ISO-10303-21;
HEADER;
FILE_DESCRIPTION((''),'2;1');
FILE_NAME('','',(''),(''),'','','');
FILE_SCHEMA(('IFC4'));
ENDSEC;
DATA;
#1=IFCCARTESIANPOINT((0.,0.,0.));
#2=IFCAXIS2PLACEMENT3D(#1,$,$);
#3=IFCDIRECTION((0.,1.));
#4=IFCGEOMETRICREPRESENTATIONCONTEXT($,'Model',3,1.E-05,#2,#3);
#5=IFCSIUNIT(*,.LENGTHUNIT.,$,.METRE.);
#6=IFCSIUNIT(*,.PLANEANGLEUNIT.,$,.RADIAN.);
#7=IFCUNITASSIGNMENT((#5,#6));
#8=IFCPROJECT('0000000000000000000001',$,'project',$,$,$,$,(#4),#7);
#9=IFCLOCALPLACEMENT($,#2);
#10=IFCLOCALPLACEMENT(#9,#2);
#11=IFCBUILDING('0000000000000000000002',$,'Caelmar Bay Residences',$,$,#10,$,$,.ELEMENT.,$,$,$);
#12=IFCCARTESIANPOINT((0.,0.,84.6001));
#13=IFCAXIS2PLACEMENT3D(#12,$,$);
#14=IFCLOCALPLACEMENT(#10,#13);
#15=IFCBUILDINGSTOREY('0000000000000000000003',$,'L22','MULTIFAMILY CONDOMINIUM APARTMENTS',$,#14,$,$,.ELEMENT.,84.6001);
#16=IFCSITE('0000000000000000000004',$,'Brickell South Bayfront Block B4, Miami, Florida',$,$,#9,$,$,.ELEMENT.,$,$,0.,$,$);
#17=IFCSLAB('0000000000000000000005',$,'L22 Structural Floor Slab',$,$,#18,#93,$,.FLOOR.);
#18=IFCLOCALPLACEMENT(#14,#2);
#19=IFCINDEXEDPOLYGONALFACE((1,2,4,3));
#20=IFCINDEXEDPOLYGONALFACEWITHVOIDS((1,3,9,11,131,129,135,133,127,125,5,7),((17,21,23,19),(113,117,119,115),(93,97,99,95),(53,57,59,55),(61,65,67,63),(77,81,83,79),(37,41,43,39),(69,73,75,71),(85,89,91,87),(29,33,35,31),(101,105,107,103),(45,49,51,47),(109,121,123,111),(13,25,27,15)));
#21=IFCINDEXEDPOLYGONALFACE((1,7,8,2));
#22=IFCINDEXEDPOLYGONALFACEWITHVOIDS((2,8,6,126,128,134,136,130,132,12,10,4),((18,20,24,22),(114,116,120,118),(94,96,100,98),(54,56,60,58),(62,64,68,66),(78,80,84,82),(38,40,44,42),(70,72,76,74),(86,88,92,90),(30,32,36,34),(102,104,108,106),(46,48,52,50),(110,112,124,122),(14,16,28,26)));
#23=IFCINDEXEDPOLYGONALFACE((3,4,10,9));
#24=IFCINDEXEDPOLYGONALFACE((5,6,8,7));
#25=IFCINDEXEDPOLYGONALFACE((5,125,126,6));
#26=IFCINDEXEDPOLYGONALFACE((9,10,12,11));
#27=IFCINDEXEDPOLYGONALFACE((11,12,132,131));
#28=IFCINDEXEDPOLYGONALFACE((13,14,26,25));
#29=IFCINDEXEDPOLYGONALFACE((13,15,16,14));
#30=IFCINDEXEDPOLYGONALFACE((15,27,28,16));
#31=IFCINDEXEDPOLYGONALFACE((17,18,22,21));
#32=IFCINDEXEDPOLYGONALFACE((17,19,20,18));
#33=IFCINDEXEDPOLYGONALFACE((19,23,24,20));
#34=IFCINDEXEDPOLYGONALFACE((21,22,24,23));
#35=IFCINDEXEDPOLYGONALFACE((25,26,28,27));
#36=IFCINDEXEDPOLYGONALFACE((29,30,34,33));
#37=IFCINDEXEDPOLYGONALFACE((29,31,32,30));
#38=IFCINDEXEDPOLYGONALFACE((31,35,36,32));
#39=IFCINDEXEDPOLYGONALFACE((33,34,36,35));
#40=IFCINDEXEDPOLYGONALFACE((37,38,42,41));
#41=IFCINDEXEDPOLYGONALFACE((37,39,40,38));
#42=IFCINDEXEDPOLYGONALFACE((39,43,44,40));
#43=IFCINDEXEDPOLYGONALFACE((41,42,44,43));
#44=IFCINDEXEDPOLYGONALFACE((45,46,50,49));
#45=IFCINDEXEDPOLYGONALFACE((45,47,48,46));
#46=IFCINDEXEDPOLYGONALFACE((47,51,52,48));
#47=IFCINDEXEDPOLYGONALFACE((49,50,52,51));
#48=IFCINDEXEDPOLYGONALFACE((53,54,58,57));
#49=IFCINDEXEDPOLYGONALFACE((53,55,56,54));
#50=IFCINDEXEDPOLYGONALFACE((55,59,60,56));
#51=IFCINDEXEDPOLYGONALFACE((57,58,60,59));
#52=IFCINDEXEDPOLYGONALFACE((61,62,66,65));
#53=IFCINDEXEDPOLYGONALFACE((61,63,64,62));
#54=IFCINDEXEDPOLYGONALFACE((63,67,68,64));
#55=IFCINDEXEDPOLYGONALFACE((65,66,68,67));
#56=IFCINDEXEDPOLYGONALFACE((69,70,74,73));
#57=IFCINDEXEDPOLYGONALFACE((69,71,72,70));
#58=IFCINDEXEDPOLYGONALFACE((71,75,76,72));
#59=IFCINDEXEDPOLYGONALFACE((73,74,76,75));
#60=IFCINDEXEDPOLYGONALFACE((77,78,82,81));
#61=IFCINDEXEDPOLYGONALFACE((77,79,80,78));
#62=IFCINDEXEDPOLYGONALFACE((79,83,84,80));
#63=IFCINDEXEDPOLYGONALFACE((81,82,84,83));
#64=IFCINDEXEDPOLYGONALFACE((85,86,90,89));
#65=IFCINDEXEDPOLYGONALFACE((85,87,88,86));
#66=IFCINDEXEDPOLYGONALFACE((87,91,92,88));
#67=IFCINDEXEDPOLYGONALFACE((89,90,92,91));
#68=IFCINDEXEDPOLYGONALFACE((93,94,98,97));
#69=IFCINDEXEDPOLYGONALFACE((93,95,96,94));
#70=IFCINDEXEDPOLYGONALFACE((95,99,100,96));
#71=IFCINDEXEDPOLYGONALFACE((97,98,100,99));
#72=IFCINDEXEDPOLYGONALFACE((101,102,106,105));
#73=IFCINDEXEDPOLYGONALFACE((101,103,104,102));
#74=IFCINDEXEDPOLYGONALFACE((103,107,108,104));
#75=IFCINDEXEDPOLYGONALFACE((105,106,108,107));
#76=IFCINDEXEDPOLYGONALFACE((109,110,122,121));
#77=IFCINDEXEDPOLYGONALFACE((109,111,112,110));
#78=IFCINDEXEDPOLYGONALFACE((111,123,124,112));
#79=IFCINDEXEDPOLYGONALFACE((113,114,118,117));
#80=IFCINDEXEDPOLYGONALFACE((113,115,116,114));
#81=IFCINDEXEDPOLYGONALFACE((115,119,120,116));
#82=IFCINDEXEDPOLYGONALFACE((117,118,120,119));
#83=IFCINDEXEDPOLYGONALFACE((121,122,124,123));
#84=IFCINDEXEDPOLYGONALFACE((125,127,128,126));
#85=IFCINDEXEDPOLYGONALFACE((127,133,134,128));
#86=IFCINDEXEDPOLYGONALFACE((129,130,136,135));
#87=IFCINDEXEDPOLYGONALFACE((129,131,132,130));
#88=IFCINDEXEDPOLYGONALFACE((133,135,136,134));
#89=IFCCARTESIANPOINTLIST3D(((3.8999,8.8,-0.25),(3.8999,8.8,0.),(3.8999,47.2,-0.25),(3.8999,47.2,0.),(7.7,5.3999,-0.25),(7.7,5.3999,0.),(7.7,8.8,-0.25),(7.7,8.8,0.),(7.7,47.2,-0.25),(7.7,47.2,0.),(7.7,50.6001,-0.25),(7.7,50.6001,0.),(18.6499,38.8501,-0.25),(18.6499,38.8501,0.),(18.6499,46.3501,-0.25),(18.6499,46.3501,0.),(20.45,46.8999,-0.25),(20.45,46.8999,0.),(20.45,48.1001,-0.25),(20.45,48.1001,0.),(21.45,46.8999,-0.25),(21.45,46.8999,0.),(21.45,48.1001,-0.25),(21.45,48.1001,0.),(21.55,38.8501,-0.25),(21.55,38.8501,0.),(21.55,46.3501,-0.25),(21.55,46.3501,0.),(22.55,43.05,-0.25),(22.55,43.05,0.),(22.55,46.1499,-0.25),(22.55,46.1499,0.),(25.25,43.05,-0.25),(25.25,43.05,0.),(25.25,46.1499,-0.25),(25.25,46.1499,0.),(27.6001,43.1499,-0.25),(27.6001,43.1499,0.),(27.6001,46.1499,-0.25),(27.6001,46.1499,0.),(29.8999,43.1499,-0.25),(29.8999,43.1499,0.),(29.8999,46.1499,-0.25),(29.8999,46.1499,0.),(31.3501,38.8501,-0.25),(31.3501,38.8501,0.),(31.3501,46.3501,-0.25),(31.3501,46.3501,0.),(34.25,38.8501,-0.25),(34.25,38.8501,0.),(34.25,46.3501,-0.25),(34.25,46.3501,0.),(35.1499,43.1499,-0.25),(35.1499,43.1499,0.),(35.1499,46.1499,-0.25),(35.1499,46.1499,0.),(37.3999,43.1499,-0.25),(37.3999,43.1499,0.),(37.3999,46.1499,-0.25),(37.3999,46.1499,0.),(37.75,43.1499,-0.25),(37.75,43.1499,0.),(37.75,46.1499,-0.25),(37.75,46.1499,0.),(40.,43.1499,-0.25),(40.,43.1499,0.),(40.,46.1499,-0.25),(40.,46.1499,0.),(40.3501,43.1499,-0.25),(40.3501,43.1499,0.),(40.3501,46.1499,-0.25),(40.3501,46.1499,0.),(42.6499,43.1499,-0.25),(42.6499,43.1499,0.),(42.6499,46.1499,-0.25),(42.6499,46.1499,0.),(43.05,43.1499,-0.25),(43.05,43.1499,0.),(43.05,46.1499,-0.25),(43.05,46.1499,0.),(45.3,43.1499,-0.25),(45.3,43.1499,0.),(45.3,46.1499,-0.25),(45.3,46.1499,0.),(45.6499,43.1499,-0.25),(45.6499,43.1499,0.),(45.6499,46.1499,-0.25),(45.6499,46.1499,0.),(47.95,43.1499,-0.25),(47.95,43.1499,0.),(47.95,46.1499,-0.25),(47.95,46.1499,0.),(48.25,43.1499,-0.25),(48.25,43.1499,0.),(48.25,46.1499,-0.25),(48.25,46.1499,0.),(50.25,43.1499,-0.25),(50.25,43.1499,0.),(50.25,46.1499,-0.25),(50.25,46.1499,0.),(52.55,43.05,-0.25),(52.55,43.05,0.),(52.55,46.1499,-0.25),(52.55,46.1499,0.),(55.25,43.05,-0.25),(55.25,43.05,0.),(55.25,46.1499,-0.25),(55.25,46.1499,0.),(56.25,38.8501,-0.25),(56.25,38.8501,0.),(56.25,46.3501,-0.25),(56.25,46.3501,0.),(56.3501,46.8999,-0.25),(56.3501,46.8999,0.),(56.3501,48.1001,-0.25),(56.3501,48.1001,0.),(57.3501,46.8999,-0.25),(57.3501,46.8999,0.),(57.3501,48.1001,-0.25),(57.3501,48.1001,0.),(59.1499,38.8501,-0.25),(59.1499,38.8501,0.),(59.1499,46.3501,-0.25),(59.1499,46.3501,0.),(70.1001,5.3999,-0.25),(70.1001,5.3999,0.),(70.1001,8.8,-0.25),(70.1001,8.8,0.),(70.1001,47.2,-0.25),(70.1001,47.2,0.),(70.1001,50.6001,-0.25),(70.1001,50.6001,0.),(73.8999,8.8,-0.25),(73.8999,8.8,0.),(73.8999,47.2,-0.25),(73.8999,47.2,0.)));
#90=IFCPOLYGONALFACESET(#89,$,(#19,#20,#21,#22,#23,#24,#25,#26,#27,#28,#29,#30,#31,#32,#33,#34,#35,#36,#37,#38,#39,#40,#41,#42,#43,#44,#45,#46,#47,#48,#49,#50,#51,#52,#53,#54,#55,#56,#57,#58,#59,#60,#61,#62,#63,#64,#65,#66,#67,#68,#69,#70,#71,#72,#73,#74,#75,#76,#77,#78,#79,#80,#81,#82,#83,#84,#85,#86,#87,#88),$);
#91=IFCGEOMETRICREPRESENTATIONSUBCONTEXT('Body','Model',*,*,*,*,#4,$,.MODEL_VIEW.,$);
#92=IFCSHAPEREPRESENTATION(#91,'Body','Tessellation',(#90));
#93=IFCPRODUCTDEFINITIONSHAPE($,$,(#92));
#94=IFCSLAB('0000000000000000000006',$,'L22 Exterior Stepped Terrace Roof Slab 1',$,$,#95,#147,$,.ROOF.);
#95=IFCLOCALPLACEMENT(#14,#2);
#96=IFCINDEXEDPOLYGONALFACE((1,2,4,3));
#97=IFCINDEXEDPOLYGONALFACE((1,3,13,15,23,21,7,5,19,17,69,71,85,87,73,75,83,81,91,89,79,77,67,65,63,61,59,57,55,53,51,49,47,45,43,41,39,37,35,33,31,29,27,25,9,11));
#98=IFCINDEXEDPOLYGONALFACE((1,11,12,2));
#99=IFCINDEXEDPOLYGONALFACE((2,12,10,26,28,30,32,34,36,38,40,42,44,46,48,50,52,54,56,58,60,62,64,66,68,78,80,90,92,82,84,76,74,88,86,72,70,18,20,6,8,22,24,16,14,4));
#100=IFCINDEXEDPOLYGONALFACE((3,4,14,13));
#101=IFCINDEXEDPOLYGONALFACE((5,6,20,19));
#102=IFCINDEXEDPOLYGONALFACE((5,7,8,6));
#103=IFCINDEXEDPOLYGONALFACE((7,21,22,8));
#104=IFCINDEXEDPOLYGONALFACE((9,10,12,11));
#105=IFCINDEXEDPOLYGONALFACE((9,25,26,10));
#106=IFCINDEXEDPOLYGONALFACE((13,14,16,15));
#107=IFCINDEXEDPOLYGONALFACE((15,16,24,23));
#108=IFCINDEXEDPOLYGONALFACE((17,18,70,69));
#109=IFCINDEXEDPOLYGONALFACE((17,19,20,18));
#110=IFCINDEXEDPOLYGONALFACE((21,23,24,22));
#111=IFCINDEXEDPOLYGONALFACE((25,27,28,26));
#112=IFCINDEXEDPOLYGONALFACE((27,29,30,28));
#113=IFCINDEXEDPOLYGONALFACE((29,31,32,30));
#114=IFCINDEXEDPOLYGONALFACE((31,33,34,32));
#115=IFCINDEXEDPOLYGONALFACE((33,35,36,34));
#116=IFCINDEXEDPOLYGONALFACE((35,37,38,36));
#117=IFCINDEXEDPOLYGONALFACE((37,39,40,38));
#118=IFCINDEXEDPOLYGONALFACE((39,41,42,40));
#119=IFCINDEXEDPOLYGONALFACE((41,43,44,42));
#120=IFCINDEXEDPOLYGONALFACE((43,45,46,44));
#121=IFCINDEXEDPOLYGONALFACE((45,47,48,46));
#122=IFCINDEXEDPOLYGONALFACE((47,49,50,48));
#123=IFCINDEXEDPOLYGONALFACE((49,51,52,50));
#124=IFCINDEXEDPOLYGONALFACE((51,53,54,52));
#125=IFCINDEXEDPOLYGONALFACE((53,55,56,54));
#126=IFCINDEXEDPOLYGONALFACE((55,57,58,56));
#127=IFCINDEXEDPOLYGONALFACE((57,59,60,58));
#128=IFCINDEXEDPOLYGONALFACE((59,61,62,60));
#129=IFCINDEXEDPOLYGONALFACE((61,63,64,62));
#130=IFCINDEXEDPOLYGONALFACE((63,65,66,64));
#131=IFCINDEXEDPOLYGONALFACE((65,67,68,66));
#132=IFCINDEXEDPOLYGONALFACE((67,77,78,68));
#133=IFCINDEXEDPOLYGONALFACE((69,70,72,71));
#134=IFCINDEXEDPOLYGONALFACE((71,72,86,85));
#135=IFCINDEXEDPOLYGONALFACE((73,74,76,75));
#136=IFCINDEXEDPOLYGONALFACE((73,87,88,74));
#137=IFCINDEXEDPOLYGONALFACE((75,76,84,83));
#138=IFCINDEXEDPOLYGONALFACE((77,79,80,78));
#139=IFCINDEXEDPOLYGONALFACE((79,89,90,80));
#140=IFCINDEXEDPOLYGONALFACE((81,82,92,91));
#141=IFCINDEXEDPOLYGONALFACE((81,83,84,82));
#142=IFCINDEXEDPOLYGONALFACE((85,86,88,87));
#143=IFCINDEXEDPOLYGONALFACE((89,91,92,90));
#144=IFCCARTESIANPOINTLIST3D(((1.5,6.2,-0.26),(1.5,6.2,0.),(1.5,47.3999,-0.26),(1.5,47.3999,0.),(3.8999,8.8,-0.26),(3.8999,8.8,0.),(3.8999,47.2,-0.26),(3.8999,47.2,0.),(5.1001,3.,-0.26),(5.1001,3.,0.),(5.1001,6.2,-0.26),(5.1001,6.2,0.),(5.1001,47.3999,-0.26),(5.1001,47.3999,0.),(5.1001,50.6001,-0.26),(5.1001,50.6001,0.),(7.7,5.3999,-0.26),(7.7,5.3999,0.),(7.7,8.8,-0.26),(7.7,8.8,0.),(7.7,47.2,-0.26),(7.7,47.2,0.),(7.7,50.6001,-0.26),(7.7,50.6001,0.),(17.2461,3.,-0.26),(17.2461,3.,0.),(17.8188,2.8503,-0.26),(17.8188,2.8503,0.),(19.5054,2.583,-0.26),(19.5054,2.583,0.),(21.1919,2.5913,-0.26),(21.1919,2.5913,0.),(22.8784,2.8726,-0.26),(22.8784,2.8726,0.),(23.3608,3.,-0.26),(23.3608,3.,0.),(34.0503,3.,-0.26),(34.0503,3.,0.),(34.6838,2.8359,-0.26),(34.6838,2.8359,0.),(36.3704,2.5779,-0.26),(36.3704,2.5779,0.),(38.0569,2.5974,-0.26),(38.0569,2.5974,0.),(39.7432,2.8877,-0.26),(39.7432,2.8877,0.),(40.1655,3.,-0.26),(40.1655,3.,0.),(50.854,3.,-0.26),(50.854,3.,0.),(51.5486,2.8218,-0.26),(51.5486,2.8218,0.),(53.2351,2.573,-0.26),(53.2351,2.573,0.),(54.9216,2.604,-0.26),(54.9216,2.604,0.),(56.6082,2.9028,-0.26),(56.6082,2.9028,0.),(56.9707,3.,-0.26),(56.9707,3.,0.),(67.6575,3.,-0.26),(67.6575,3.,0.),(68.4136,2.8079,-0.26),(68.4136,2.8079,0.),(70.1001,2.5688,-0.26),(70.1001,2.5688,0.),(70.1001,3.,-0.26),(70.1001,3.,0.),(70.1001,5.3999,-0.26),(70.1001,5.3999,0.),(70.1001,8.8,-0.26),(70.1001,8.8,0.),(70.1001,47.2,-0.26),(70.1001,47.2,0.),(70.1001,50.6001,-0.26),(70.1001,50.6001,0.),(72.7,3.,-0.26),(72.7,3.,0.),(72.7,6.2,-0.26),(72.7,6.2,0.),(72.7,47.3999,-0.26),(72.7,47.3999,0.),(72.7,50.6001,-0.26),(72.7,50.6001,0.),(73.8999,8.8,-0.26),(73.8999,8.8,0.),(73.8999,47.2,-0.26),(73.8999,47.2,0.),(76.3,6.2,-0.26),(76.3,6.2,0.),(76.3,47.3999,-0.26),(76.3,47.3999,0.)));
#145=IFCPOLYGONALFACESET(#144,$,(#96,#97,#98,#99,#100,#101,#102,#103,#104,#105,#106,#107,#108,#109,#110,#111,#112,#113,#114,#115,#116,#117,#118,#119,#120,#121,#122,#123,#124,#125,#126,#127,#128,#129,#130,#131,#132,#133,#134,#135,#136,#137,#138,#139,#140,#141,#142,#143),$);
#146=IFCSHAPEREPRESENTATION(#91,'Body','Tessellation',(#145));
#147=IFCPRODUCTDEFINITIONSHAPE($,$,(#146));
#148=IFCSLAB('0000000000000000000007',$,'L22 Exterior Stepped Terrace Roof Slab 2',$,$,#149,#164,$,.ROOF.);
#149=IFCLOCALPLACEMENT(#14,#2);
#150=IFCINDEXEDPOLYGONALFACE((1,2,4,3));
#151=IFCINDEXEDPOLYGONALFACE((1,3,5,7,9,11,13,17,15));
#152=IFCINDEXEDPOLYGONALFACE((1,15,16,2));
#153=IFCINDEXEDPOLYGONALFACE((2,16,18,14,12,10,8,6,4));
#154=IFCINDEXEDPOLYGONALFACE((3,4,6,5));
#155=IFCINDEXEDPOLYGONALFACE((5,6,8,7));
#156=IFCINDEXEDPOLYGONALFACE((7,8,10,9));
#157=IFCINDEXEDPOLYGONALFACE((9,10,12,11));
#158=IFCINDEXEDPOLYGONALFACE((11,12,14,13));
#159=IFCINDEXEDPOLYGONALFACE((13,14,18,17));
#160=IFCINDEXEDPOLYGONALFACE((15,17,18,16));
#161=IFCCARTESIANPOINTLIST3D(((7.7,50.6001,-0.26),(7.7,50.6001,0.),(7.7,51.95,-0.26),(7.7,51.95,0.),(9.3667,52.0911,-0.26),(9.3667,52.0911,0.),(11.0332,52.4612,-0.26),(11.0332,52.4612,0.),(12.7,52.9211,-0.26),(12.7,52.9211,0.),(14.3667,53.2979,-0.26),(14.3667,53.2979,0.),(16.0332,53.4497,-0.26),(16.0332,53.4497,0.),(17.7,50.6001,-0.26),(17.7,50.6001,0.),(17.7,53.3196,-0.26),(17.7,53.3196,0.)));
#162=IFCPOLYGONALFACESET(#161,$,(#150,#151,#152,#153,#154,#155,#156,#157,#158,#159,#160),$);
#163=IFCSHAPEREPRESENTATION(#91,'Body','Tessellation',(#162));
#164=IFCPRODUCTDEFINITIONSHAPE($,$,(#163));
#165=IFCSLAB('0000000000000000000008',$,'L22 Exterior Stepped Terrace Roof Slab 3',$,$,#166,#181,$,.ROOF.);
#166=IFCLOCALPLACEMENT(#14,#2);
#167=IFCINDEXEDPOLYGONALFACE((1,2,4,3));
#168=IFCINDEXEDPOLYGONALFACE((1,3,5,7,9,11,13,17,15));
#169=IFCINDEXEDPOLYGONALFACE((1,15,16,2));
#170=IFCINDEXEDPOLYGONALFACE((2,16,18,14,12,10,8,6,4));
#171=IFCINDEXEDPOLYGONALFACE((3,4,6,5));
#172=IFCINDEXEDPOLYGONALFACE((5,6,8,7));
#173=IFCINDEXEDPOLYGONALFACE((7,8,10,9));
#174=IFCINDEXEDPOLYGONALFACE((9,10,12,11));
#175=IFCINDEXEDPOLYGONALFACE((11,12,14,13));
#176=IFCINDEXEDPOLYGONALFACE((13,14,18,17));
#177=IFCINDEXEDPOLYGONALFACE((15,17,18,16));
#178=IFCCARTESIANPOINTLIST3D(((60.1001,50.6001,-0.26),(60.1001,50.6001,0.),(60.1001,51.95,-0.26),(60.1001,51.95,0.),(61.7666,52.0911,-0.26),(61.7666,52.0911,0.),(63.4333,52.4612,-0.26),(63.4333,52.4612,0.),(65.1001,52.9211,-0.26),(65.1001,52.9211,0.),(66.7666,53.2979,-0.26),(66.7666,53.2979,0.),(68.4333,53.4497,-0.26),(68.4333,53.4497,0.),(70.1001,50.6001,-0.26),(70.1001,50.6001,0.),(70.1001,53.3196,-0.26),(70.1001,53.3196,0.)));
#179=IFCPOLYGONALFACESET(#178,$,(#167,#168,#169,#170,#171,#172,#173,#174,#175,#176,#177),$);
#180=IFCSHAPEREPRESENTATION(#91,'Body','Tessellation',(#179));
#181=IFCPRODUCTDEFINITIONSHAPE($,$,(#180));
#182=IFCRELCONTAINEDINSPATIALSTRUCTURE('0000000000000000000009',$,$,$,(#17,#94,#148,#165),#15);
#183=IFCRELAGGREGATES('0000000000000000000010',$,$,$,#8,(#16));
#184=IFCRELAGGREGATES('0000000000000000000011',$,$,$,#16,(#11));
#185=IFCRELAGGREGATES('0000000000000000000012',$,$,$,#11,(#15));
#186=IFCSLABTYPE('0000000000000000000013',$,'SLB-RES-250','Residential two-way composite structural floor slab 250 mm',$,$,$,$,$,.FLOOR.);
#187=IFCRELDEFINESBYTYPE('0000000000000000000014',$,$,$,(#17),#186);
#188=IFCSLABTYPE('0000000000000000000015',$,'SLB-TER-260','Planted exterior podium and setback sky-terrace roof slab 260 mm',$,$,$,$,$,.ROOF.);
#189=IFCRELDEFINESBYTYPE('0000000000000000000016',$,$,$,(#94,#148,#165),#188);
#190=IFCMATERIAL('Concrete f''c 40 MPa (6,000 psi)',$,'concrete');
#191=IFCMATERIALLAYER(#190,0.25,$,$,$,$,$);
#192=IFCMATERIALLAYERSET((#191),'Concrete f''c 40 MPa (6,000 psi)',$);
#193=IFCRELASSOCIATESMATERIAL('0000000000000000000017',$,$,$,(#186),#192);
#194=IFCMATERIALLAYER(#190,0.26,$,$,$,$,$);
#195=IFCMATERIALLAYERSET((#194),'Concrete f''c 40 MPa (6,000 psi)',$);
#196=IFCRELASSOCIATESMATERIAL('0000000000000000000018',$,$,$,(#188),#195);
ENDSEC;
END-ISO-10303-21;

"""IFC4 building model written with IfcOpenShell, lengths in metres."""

from ifc_helpers import new_model, si_unit, direction, frame, origin, place, context, subcontext, project, spatial, polyline, outline, extrude, material, layer, layer_set, type_object, element, save


model = new_model("IFC4")

# Units and contexts
model_context = context("Model", 3, precision=1e-05, world=origin(), true_north=direction((0.0, 1.0)))
body_context = subcontext(model_context, "Body", "Model", "MODEL_VIEW")
ifc_project = project(units=[si_unit("LENGTHUNIT", "METRE"), si_unit("PLANEANGLEUNIT", "RADIAN")], contexts=[model_context])

# Site, building, storey
site_placement = place(None, origin())
site = spatial("IfcSite", under=ifc_project, at=site_placement, Name="Brickell South Bayfront Block B4, Miami, Florida", CompositionType="ELEMENT", RefElevation=0.0)
building_placement = place(site_placement, origin())
building = spatial("IfcBuilding", under=site, at=building_placement, Name="Caelmar Bay Residences", CompositionType="ELEMENT")
storey_placement = place(building_placement, frame((0.0, 0.0, 84.6001)))
storey = spatial("IfcBuildingStorey", under=building, at=storey_placement, Name="L22", Description="MULTIFAMILY CONDOMINIUM APARTMENTS", CompositionType="ELEMENT", Elevation=84.6001)

# Shared definitions
ifc_material_1 = material(Name="Concrete f'c 40 MPa (6,000 psi)", Category="concrete")

# Slabs
ifc_layer_1 = layer(ifc_material_1, 0.25)
ifc_layer_set_1 = layer_set([ifc_layer_1], Name="Concrete f'c 40 MPa (6,000 psi)")
slab_type_1 = type_object("IfcSlabType", Name="SLB-RES-250", Description="Residential two-way composite structural floor slab 250 mm", PredefinedType="FLOOR", material=ifc_layer_set_1)
slab_1_placement = place(storey_placement, frame((0.0, 0.0, -0.25)))
element("IfcSlab", 1, at=slab_1_placement, inside=storey, type_object=slab_type_1, Name="L22 Structural Floor Slab", PredefinedType="FLOOR", context=body_context, shape_type="SweptSolid", body=[
    extrude(outline(polyline([(7.7, 5.3999), (70.1001, 5.3999), (70.1001, 8.8), (73.8999, 8.8), (73.8999, 47.2), (70.1001, 47.2), (70.1001, 50.6001), (7.7, 50.6001), (7.7, 47.2), (3.8999, 47.2), (3.8999, 8.8), (7.7, 8.8), (7.7, 5.3999)]), holes=[polyline([(18.6499, 38.8501), (21.55, 38.8501), (21.55, 46.3501), (18.6499, 46.3501), (18.6499, 38.8501)]), polyline([(56.25, 38.8501), (59.1499, 38.8501), (59.1499, 46.3501), (56.25, 46.3501), (56.25, 38.8501)]), polyline([(31.3501, 38.8501), (34.25, 38.8501), (34.25, 46.3501), (31.3501, 46.3501), (31.3501, 38.8501)]), polyline([(22.55, 43.05), (25.25, 43.05), (25.25, 46.1499), (22.55, 46.1499), (22.55, 43.05)]), polyline([(52.55, 43.05), (55.25, 43.05), (55.25, 46.1499), (52.55, 46.1499), (52.55, 43.05)]), polyline([(35.1499, 43.1499), (37.3999, 43.1499), (37.3999, 46.1499), (35.1499, 46.1499), (35.1499, 43.1499)]), polyline([(37.75, 43.1499), (40.0, 43.1499), (40.0, 46.1499), (37.75, 46.1499), (37.75, 43.1499)]), polyline([(40.3501, 43.1499), (42.6499, 43.1499), (42.6499, 46.1499), (40.3501, 46.1499), (40.3501, 43.1499)]), polyline([(43.05, 43.1499), (45.3, 43.1499), (45.3, 46.1499), (43.05, 46.1499), (43.05, 43.1499)]), polyline([(45.6499, 43.1499), (47.95, 43.1499), (47.95, 46.1499), (45.6499, 46.1499), (45.6499, 43.1499)]), polyline([(48.25, 43.1499), (50.25, 43.1499), (50.25, 46.1499), (48.25, 46.1499), (48.25, 43.1499)]), polyline([(27.6001, 43.1499), (29.8999, 43.1499), (29.8999, 46.1499), (27.6001, 46.1499), (27.6001, 43.1499)]), polyline([(20.45, 46.8999), (21.45, 46.8999), (21.45, 48.1001), (20.45, 48.1001), (20.45, 46.8999)]), polyline([(56.3501, 46.8999), (57.3501, 46.8999), (57.3501, 48.1001), (56.3501, 48.1001), (56.3501, 46.8999)])]), origin(), (0.0, 0.0, 1.0), 0.25),
])
ifc_layer_2 = layer(ifc_material_1, 0.26)
ifc_layer_set_2 = layer_set([ifc_layer_2], Name="Concrete f'c 40 MPa (6,000 psi)")
slab_type_2 = type_object("IfcSlabType", Name="SLB-TER-260", Description="Planted exterior podium and setback sky-terrace roof slab 260 mm", PredefinedType="ROOF", material=ifc_layer_set_2)
slab_2_placement = place(storey_placement, frame((0.0, 0.0, -0.26)))
element("IfcSlab", 2, at=slab_2_placement, inside=storey, type_object=slab_type_2, Name="L22 Exterior Stepped Terrace Roof Slab 1", PredefinedType="ROOF", context=body_context, shape_type="SweptSolid", body=[
    extrude(outline(polyline([(21.1919, 2.5913), (22.8784, 2.8726), (23.3608, 3.0), (34.0503, 3.0), (34.6838, 2.8359), (36.3704, 2.5779), (38.0569, 2.5974), (39.7432, 2.8877), (40.1655, 3.0), (50.854, 3.0), (51.5486, 2.8218), (53.2351, 2.573), (54.9216, 2.604), (56.6082, 2.9028), (56.9707, 3.0), (67.6575, 3.0), (68.4136, 2.8079), (70.1001, 2.5688), (70.1001, 3.0), (72.7, 3.0), (72.7, 6.2), (76.3, 6.2), (76.3, 47.3999), (72.7, 47.3999), (72.7, 50.6001), (70.1001, 50.6001), (70.1001, 47.2), (73.8999, 47.2), (73.8999, 8.8), (70.1001, 8.8), (70.1001, 5.3999), (7.7, 5.3999), (7.7, 8.8), (3.8999, 8.8), (3.8999, 47.2), (7.7, 47.2), (7.7, 50.6001), (5.1001, 50.6001), (5.1001, 47.3999), (1.5, 47.3999), (1.5, 6.2), (5.1001, 6.2), (5.1001, 3.0), (17.2461, 3.0), (17.8188, 2.8503), (19.5054, 2.583), (21.1919, 2.5913)])), origin(), (0.0, 0.0, 1.0), 0.26),
])
slab_3_placement = place(storey_placement, frame((0.0, 0.0, -0.26)))
element("IfcSlab", 3, at=slab_3_placement, inside=storey, type_object=slab_type_2, Name="L22 Exterior Stepped Terrace Roof Slab 2", PredefinedType="ROOF", context=body_context, shape_type="SweptSolid", body=[
    extrude(outline(polyline([(7.7, 50.6001), (17.7, 50.6001), (17.7, 53.3196), (16.0332, 53.4497), (14.3667, 53.2979), (12.7, 52.9211), (11.0332, 52.4612), (9.3667, 52.0911), (7.7, 51.95), (7.7, 50.6001)])), origin(), (0.0, 0.0, 1.0), 0.26),
])
slab_4_placement = place(storey_placement, frame((0.0, 0.0, -0.26)))
element("IfcSlab", 4, at=slab_4_placement, inside=storey, type_object=slab_type_2, Name="L22 Exterior Stepped Terrace Roof Slab 3", PredefinedType="ROOF", context=body_context, shape_type="SweptSolid", body=[
    extrude(outline(polyline([(60.1001, 50.6001), (70.1001, 50.6001), (70.1001, 53.3196), (68.4333, 53.4497), (66.7666, 53.2979), (65.1001, 52.9211), (63.4333, 52.4612), (61.7666, 52.0911), (60.1001, 51.95), (60.1001, 50.6001)])), origin(), (0.0, 0.0, 1.0), 0.26),
])

save(model, "model.ifc")
